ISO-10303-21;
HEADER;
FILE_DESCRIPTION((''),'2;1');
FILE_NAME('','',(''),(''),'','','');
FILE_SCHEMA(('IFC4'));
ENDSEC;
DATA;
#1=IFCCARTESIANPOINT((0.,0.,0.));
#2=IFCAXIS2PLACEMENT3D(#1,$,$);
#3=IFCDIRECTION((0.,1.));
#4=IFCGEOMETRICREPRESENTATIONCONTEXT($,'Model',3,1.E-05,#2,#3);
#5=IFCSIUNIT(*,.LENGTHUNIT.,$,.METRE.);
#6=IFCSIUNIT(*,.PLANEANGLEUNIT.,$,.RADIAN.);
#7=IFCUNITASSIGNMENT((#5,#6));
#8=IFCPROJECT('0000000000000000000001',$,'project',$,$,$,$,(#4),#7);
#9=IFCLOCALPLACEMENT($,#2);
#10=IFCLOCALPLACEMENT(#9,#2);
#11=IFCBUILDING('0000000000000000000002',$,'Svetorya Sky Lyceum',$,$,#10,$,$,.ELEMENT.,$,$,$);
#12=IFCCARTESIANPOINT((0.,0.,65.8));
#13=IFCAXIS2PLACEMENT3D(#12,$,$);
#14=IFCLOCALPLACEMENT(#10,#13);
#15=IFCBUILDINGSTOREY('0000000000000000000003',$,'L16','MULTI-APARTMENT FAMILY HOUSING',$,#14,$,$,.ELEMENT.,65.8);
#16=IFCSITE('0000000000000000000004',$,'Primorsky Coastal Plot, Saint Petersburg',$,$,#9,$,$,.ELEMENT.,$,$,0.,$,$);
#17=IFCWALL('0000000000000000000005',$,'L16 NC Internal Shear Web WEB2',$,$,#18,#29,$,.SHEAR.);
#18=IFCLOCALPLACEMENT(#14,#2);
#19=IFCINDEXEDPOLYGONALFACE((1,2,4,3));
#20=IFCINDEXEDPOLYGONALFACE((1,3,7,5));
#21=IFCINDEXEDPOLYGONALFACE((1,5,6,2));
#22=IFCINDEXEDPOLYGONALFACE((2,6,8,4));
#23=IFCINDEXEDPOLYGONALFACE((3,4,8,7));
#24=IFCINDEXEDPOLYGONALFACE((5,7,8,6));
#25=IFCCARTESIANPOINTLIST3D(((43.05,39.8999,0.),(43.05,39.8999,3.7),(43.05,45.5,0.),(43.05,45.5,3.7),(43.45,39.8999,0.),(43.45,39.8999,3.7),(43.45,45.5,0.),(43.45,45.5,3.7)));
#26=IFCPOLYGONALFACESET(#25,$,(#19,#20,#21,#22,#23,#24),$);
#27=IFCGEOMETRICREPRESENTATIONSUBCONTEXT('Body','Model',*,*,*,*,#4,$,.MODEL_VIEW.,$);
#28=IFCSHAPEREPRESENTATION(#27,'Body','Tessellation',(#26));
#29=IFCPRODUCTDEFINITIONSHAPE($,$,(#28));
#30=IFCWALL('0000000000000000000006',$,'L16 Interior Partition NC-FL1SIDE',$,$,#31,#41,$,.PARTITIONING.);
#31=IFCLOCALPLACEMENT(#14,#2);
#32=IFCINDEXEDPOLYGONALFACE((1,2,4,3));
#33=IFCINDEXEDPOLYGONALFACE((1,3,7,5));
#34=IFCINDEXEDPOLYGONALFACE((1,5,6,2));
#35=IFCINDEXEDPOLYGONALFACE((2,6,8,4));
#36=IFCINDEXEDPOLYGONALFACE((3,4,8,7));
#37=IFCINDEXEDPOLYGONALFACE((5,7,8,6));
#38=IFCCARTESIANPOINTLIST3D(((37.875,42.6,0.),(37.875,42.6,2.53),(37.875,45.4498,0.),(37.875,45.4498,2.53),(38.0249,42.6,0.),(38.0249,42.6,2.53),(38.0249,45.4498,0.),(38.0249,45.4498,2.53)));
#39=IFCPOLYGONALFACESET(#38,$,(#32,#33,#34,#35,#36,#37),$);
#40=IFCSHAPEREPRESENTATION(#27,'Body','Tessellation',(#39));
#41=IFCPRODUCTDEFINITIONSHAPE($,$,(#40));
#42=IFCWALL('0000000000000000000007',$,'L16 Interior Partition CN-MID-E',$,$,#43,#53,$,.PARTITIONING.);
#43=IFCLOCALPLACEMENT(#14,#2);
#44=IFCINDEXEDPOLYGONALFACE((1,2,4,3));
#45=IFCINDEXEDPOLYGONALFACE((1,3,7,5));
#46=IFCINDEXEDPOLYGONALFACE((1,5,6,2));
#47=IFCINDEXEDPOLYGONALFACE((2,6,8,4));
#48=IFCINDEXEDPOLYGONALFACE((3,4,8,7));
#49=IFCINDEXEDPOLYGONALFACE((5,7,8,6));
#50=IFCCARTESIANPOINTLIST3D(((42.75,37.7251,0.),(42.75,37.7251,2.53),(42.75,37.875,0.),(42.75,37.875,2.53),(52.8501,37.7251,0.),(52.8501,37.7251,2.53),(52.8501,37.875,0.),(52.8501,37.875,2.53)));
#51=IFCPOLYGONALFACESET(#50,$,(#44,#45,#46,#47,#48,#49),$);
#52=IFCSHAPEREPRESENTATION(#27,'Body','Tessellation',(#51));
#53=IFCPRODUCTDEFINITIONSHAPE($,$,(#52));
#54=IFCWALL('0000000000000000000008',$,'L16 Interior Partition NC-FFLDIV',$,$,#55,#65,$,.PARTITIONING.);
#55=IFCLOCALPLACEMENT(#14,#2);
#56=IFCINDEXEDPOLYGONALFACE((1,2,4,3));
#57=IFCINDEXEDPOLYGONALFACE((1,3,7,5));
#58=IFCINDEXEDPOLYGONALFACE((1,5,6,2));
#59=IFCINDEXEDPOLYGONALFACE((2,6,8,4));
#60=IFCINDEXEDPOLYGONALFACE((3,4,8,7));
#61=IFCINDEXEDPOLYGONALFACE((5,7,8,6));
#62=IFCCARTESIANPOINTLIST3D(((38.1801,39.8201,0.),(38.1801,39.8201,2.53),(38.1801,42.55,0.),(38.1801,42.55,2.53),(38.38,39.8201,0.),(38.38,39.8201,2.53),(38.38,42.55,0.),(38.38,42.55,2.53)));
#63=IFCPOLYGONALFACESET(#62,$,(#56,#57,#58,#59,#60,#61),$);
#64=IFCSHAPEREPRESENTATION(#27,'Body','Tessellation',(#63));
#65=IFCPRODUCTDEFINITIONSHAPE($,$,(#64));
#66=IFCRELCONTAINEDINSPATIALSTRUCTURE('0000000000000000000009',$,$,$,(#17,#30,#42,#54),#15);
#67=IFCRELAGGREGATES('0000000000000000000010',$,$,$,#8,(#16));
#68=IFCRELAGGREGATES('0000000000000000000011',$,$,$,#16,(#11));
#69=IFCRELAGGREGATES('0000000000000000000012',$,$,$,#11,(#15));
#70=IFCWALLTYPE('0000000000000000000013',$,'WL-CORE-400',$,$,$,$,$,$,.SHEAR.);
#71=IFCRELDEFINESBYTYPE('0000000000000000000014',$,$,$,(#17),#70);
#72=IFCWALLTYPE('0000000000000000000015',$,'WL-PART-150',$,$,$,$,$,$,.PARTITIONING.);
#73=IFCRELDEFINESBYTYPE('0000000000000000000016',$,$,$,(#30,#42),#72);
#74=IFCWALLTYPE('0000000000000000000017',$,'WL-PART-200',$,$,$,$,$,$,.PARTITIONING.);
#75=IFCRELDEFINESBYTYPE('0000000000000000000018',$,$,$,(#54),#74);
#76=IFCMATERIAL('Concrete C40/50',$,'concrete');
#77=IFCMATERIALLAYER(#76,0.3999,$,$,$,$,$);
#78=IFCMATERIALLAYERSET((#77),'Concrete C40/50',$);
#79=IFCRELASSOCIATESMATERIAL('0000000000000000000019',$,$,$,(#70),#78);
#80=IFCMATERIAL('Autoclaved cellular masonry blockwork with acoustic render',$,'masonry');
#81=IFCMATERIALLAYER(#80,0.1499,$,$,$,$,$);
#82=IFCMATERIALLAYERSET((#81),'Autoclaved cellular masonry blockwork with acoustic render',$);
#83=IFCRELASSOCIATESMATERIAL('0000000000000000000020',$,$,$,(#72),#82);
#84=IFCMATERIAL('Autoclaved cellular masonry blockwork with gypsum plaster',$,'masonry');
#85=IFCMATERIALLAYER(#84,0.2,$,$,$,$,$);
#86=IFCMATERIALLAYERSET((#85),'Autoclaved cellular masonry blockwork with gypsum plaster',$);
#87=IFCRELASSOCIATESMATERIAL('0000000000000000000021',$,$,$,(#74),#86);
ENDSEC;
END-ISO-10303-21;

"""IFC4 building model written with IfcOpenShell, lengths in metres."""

from ifc_helpers import new_model, si_unit, direction, frame, frame_2d, origin, place, context, subcontext, project, spatial, rectangle, extrude, material, layer, layer_set, type_object, element, save


model = new_model("IFC4")

# Units and contexts
model_context = context("Model", 3, precision=1e-05, world=origin(), true_north=direction((0.0, 1.0)))
body_context = subcontext(model_context, "Body", "Model", "MODEL_VIEW")
ifc_project = project(units=[si_unit("LENGTHUNIT", "METRE"), si_unit("PLANEANGLEUNIT", "RADIAN")], contexts=[model_context])

# Site, building, storey
site_placement = place(None, origin())
site = spatial("IfcSite", under=ifc_project, at=site_placement, Name="Primorsky Coastal Plot, Saint Petersburg", CompositionType="ELEMENT", RefElevation=0.0)
building_placement = place(site_placement, origin())
building = spatial("IfcBuilding", under=site, at=building_placement, Name="Svetorya Sky Lyceum", CompositionType="ELEMENT")
storey_placement = place(building_placement, frame((0.0, 0.0, 65.8)))
storey = spatial("IfcBuildingStorey", under=building, at=storey_placement, Name="L16", Description="MULTI-APARTMENT FAMILY HOUSING", CompositionType="ELEMENT", Elevation=65.8)

# Wall
ifc_material_1 = material(Name="Concrete C40/50", Category="concrete")
ifc_layer_1 = layer(ifc_material_1, 0.3999)
ifc_layer_set_1 = layer_set([ifc_layer_1], Name="Concrete C40/50")
wall_type_1 = type_object("IfcWallType", Name="WL-CORE-400", PredefinedType="SHEAR", material=ifc_layer_set_1)
wall_1_placement = place(storey_placement, frame((43.25, 39.8999, 0.0), z_axis=(0.0, 0.0, 1.0), x_axis=(0.0, 1.0, 0.0)))
element("IfcWall", 1, at=wall_1_placement, inside=storey, type_object=wall_type_1, Name="L16 NC Internal Shear Web WEB2", PredefinedType="SHEAR", context=body_context, shape_type="SweptSolid", body=[
    extrude(rectangle(XDim=5.6001, YDim=0.3999, at=frame_2d((2.8, 0.0))), origin(), (0.0, 0.0, 1.0), 3.7),
])

# Walls
ifc_material_2 = material(Name="Autoclaved cellular masonry blockwork with acoustic render", Category="masonry")
ifc_layer_2 = layer(ifc_material_2, 0.1499)
ifc_layer_set_2 = layer_set([ifc_layer_2], Name="Autoclaved cellular masonry blockwork with acoustic render")
wall_type_2 = type_object("IfcWallType", Name="WL-PART-150", PredefinedType="PARTITIONING", material=ifc_layer_set_2)
wall_2_placement = place(storey_placement, frame((37.95, 42.6001, 0.0), z_axis=(0.0, 0.0, 1.0), x_axis=(0.0, 1.0, 0.0)))
element("IfcWall", 2, at=wall_2_placement, inside=storey, type_object=wall_type_2, Name="L16 Interior Partition NC-FL1SIDE", PredefinedType="PARTITIONING", context=body_context, shape_type="SweptSolid", body=[
    extrude(rectangle(XDim=2.8499, YDim=0.1499, at=frame_2d((1.4248, 0.0))), origin(), (0.0, 0.0, 1.0), 2.53),
])
wall_3_placement = place(storey_placement, frame((42.75, 37.8, 0.0), z_axis=(0.0, 0.0, 1.0), x_axis=(1.0, 0.0, 0.0)))
element("IfcWall", 3, at=wall_3_placement, inside=storey, type_object=wall_type_2, Name="L16 Interior Partition CN-MID-E", PredefinedType="PARTITIONING", context=body_context, shape_type="SweptSolid", body=[
    extrude(rectangle(XDim=10.1001, YDim=0.1499, at=frame_2d((5.05, 0.0))), origin(), (0.0, 0.0, 1.0), 2.53),
])

# Shared definitions
ifc_material_3 = material(Name="Autoclaved cellular masonry blockwork with gypsum plaster", Category="masonry")
ifc_layer_3 = layer(ifc_material_3, 0.2)
ifc_layer_set_3 = layer_set([ifc_layer_3], Name="Autoclaved cellular masonry blockwork with gypsum plaster")
wall_type_3 = type_object("IfcWallType", Name="WL-PART-200", PredefinedType="PARTITIONING", material=ifc_layer_set_3)

# Wall
wall_4_placement = place(storey_placement, frame((38.28, 39.8201, 0.0), z_axis=(0.0, 0.0, 1.0), x_axis=(0.0, 1.0, 0.0)))
element("IfcWall", 4, at=wall_4_placement, inside=storey, type_object=wall_type_3, Name="L16 Interior Partition NC-FFLDIV", PredefinedType="PARTITIONING", context=body_context, shape_type="SweptSolid", body=[
    extrude(rectangle(XDim=2.73, YDim=0.2, at=frame_2d((1.365, 0.0))), origin(), (0.0, 0.0, 1.0), 2.53),
])

save(model, "model.ifc")
